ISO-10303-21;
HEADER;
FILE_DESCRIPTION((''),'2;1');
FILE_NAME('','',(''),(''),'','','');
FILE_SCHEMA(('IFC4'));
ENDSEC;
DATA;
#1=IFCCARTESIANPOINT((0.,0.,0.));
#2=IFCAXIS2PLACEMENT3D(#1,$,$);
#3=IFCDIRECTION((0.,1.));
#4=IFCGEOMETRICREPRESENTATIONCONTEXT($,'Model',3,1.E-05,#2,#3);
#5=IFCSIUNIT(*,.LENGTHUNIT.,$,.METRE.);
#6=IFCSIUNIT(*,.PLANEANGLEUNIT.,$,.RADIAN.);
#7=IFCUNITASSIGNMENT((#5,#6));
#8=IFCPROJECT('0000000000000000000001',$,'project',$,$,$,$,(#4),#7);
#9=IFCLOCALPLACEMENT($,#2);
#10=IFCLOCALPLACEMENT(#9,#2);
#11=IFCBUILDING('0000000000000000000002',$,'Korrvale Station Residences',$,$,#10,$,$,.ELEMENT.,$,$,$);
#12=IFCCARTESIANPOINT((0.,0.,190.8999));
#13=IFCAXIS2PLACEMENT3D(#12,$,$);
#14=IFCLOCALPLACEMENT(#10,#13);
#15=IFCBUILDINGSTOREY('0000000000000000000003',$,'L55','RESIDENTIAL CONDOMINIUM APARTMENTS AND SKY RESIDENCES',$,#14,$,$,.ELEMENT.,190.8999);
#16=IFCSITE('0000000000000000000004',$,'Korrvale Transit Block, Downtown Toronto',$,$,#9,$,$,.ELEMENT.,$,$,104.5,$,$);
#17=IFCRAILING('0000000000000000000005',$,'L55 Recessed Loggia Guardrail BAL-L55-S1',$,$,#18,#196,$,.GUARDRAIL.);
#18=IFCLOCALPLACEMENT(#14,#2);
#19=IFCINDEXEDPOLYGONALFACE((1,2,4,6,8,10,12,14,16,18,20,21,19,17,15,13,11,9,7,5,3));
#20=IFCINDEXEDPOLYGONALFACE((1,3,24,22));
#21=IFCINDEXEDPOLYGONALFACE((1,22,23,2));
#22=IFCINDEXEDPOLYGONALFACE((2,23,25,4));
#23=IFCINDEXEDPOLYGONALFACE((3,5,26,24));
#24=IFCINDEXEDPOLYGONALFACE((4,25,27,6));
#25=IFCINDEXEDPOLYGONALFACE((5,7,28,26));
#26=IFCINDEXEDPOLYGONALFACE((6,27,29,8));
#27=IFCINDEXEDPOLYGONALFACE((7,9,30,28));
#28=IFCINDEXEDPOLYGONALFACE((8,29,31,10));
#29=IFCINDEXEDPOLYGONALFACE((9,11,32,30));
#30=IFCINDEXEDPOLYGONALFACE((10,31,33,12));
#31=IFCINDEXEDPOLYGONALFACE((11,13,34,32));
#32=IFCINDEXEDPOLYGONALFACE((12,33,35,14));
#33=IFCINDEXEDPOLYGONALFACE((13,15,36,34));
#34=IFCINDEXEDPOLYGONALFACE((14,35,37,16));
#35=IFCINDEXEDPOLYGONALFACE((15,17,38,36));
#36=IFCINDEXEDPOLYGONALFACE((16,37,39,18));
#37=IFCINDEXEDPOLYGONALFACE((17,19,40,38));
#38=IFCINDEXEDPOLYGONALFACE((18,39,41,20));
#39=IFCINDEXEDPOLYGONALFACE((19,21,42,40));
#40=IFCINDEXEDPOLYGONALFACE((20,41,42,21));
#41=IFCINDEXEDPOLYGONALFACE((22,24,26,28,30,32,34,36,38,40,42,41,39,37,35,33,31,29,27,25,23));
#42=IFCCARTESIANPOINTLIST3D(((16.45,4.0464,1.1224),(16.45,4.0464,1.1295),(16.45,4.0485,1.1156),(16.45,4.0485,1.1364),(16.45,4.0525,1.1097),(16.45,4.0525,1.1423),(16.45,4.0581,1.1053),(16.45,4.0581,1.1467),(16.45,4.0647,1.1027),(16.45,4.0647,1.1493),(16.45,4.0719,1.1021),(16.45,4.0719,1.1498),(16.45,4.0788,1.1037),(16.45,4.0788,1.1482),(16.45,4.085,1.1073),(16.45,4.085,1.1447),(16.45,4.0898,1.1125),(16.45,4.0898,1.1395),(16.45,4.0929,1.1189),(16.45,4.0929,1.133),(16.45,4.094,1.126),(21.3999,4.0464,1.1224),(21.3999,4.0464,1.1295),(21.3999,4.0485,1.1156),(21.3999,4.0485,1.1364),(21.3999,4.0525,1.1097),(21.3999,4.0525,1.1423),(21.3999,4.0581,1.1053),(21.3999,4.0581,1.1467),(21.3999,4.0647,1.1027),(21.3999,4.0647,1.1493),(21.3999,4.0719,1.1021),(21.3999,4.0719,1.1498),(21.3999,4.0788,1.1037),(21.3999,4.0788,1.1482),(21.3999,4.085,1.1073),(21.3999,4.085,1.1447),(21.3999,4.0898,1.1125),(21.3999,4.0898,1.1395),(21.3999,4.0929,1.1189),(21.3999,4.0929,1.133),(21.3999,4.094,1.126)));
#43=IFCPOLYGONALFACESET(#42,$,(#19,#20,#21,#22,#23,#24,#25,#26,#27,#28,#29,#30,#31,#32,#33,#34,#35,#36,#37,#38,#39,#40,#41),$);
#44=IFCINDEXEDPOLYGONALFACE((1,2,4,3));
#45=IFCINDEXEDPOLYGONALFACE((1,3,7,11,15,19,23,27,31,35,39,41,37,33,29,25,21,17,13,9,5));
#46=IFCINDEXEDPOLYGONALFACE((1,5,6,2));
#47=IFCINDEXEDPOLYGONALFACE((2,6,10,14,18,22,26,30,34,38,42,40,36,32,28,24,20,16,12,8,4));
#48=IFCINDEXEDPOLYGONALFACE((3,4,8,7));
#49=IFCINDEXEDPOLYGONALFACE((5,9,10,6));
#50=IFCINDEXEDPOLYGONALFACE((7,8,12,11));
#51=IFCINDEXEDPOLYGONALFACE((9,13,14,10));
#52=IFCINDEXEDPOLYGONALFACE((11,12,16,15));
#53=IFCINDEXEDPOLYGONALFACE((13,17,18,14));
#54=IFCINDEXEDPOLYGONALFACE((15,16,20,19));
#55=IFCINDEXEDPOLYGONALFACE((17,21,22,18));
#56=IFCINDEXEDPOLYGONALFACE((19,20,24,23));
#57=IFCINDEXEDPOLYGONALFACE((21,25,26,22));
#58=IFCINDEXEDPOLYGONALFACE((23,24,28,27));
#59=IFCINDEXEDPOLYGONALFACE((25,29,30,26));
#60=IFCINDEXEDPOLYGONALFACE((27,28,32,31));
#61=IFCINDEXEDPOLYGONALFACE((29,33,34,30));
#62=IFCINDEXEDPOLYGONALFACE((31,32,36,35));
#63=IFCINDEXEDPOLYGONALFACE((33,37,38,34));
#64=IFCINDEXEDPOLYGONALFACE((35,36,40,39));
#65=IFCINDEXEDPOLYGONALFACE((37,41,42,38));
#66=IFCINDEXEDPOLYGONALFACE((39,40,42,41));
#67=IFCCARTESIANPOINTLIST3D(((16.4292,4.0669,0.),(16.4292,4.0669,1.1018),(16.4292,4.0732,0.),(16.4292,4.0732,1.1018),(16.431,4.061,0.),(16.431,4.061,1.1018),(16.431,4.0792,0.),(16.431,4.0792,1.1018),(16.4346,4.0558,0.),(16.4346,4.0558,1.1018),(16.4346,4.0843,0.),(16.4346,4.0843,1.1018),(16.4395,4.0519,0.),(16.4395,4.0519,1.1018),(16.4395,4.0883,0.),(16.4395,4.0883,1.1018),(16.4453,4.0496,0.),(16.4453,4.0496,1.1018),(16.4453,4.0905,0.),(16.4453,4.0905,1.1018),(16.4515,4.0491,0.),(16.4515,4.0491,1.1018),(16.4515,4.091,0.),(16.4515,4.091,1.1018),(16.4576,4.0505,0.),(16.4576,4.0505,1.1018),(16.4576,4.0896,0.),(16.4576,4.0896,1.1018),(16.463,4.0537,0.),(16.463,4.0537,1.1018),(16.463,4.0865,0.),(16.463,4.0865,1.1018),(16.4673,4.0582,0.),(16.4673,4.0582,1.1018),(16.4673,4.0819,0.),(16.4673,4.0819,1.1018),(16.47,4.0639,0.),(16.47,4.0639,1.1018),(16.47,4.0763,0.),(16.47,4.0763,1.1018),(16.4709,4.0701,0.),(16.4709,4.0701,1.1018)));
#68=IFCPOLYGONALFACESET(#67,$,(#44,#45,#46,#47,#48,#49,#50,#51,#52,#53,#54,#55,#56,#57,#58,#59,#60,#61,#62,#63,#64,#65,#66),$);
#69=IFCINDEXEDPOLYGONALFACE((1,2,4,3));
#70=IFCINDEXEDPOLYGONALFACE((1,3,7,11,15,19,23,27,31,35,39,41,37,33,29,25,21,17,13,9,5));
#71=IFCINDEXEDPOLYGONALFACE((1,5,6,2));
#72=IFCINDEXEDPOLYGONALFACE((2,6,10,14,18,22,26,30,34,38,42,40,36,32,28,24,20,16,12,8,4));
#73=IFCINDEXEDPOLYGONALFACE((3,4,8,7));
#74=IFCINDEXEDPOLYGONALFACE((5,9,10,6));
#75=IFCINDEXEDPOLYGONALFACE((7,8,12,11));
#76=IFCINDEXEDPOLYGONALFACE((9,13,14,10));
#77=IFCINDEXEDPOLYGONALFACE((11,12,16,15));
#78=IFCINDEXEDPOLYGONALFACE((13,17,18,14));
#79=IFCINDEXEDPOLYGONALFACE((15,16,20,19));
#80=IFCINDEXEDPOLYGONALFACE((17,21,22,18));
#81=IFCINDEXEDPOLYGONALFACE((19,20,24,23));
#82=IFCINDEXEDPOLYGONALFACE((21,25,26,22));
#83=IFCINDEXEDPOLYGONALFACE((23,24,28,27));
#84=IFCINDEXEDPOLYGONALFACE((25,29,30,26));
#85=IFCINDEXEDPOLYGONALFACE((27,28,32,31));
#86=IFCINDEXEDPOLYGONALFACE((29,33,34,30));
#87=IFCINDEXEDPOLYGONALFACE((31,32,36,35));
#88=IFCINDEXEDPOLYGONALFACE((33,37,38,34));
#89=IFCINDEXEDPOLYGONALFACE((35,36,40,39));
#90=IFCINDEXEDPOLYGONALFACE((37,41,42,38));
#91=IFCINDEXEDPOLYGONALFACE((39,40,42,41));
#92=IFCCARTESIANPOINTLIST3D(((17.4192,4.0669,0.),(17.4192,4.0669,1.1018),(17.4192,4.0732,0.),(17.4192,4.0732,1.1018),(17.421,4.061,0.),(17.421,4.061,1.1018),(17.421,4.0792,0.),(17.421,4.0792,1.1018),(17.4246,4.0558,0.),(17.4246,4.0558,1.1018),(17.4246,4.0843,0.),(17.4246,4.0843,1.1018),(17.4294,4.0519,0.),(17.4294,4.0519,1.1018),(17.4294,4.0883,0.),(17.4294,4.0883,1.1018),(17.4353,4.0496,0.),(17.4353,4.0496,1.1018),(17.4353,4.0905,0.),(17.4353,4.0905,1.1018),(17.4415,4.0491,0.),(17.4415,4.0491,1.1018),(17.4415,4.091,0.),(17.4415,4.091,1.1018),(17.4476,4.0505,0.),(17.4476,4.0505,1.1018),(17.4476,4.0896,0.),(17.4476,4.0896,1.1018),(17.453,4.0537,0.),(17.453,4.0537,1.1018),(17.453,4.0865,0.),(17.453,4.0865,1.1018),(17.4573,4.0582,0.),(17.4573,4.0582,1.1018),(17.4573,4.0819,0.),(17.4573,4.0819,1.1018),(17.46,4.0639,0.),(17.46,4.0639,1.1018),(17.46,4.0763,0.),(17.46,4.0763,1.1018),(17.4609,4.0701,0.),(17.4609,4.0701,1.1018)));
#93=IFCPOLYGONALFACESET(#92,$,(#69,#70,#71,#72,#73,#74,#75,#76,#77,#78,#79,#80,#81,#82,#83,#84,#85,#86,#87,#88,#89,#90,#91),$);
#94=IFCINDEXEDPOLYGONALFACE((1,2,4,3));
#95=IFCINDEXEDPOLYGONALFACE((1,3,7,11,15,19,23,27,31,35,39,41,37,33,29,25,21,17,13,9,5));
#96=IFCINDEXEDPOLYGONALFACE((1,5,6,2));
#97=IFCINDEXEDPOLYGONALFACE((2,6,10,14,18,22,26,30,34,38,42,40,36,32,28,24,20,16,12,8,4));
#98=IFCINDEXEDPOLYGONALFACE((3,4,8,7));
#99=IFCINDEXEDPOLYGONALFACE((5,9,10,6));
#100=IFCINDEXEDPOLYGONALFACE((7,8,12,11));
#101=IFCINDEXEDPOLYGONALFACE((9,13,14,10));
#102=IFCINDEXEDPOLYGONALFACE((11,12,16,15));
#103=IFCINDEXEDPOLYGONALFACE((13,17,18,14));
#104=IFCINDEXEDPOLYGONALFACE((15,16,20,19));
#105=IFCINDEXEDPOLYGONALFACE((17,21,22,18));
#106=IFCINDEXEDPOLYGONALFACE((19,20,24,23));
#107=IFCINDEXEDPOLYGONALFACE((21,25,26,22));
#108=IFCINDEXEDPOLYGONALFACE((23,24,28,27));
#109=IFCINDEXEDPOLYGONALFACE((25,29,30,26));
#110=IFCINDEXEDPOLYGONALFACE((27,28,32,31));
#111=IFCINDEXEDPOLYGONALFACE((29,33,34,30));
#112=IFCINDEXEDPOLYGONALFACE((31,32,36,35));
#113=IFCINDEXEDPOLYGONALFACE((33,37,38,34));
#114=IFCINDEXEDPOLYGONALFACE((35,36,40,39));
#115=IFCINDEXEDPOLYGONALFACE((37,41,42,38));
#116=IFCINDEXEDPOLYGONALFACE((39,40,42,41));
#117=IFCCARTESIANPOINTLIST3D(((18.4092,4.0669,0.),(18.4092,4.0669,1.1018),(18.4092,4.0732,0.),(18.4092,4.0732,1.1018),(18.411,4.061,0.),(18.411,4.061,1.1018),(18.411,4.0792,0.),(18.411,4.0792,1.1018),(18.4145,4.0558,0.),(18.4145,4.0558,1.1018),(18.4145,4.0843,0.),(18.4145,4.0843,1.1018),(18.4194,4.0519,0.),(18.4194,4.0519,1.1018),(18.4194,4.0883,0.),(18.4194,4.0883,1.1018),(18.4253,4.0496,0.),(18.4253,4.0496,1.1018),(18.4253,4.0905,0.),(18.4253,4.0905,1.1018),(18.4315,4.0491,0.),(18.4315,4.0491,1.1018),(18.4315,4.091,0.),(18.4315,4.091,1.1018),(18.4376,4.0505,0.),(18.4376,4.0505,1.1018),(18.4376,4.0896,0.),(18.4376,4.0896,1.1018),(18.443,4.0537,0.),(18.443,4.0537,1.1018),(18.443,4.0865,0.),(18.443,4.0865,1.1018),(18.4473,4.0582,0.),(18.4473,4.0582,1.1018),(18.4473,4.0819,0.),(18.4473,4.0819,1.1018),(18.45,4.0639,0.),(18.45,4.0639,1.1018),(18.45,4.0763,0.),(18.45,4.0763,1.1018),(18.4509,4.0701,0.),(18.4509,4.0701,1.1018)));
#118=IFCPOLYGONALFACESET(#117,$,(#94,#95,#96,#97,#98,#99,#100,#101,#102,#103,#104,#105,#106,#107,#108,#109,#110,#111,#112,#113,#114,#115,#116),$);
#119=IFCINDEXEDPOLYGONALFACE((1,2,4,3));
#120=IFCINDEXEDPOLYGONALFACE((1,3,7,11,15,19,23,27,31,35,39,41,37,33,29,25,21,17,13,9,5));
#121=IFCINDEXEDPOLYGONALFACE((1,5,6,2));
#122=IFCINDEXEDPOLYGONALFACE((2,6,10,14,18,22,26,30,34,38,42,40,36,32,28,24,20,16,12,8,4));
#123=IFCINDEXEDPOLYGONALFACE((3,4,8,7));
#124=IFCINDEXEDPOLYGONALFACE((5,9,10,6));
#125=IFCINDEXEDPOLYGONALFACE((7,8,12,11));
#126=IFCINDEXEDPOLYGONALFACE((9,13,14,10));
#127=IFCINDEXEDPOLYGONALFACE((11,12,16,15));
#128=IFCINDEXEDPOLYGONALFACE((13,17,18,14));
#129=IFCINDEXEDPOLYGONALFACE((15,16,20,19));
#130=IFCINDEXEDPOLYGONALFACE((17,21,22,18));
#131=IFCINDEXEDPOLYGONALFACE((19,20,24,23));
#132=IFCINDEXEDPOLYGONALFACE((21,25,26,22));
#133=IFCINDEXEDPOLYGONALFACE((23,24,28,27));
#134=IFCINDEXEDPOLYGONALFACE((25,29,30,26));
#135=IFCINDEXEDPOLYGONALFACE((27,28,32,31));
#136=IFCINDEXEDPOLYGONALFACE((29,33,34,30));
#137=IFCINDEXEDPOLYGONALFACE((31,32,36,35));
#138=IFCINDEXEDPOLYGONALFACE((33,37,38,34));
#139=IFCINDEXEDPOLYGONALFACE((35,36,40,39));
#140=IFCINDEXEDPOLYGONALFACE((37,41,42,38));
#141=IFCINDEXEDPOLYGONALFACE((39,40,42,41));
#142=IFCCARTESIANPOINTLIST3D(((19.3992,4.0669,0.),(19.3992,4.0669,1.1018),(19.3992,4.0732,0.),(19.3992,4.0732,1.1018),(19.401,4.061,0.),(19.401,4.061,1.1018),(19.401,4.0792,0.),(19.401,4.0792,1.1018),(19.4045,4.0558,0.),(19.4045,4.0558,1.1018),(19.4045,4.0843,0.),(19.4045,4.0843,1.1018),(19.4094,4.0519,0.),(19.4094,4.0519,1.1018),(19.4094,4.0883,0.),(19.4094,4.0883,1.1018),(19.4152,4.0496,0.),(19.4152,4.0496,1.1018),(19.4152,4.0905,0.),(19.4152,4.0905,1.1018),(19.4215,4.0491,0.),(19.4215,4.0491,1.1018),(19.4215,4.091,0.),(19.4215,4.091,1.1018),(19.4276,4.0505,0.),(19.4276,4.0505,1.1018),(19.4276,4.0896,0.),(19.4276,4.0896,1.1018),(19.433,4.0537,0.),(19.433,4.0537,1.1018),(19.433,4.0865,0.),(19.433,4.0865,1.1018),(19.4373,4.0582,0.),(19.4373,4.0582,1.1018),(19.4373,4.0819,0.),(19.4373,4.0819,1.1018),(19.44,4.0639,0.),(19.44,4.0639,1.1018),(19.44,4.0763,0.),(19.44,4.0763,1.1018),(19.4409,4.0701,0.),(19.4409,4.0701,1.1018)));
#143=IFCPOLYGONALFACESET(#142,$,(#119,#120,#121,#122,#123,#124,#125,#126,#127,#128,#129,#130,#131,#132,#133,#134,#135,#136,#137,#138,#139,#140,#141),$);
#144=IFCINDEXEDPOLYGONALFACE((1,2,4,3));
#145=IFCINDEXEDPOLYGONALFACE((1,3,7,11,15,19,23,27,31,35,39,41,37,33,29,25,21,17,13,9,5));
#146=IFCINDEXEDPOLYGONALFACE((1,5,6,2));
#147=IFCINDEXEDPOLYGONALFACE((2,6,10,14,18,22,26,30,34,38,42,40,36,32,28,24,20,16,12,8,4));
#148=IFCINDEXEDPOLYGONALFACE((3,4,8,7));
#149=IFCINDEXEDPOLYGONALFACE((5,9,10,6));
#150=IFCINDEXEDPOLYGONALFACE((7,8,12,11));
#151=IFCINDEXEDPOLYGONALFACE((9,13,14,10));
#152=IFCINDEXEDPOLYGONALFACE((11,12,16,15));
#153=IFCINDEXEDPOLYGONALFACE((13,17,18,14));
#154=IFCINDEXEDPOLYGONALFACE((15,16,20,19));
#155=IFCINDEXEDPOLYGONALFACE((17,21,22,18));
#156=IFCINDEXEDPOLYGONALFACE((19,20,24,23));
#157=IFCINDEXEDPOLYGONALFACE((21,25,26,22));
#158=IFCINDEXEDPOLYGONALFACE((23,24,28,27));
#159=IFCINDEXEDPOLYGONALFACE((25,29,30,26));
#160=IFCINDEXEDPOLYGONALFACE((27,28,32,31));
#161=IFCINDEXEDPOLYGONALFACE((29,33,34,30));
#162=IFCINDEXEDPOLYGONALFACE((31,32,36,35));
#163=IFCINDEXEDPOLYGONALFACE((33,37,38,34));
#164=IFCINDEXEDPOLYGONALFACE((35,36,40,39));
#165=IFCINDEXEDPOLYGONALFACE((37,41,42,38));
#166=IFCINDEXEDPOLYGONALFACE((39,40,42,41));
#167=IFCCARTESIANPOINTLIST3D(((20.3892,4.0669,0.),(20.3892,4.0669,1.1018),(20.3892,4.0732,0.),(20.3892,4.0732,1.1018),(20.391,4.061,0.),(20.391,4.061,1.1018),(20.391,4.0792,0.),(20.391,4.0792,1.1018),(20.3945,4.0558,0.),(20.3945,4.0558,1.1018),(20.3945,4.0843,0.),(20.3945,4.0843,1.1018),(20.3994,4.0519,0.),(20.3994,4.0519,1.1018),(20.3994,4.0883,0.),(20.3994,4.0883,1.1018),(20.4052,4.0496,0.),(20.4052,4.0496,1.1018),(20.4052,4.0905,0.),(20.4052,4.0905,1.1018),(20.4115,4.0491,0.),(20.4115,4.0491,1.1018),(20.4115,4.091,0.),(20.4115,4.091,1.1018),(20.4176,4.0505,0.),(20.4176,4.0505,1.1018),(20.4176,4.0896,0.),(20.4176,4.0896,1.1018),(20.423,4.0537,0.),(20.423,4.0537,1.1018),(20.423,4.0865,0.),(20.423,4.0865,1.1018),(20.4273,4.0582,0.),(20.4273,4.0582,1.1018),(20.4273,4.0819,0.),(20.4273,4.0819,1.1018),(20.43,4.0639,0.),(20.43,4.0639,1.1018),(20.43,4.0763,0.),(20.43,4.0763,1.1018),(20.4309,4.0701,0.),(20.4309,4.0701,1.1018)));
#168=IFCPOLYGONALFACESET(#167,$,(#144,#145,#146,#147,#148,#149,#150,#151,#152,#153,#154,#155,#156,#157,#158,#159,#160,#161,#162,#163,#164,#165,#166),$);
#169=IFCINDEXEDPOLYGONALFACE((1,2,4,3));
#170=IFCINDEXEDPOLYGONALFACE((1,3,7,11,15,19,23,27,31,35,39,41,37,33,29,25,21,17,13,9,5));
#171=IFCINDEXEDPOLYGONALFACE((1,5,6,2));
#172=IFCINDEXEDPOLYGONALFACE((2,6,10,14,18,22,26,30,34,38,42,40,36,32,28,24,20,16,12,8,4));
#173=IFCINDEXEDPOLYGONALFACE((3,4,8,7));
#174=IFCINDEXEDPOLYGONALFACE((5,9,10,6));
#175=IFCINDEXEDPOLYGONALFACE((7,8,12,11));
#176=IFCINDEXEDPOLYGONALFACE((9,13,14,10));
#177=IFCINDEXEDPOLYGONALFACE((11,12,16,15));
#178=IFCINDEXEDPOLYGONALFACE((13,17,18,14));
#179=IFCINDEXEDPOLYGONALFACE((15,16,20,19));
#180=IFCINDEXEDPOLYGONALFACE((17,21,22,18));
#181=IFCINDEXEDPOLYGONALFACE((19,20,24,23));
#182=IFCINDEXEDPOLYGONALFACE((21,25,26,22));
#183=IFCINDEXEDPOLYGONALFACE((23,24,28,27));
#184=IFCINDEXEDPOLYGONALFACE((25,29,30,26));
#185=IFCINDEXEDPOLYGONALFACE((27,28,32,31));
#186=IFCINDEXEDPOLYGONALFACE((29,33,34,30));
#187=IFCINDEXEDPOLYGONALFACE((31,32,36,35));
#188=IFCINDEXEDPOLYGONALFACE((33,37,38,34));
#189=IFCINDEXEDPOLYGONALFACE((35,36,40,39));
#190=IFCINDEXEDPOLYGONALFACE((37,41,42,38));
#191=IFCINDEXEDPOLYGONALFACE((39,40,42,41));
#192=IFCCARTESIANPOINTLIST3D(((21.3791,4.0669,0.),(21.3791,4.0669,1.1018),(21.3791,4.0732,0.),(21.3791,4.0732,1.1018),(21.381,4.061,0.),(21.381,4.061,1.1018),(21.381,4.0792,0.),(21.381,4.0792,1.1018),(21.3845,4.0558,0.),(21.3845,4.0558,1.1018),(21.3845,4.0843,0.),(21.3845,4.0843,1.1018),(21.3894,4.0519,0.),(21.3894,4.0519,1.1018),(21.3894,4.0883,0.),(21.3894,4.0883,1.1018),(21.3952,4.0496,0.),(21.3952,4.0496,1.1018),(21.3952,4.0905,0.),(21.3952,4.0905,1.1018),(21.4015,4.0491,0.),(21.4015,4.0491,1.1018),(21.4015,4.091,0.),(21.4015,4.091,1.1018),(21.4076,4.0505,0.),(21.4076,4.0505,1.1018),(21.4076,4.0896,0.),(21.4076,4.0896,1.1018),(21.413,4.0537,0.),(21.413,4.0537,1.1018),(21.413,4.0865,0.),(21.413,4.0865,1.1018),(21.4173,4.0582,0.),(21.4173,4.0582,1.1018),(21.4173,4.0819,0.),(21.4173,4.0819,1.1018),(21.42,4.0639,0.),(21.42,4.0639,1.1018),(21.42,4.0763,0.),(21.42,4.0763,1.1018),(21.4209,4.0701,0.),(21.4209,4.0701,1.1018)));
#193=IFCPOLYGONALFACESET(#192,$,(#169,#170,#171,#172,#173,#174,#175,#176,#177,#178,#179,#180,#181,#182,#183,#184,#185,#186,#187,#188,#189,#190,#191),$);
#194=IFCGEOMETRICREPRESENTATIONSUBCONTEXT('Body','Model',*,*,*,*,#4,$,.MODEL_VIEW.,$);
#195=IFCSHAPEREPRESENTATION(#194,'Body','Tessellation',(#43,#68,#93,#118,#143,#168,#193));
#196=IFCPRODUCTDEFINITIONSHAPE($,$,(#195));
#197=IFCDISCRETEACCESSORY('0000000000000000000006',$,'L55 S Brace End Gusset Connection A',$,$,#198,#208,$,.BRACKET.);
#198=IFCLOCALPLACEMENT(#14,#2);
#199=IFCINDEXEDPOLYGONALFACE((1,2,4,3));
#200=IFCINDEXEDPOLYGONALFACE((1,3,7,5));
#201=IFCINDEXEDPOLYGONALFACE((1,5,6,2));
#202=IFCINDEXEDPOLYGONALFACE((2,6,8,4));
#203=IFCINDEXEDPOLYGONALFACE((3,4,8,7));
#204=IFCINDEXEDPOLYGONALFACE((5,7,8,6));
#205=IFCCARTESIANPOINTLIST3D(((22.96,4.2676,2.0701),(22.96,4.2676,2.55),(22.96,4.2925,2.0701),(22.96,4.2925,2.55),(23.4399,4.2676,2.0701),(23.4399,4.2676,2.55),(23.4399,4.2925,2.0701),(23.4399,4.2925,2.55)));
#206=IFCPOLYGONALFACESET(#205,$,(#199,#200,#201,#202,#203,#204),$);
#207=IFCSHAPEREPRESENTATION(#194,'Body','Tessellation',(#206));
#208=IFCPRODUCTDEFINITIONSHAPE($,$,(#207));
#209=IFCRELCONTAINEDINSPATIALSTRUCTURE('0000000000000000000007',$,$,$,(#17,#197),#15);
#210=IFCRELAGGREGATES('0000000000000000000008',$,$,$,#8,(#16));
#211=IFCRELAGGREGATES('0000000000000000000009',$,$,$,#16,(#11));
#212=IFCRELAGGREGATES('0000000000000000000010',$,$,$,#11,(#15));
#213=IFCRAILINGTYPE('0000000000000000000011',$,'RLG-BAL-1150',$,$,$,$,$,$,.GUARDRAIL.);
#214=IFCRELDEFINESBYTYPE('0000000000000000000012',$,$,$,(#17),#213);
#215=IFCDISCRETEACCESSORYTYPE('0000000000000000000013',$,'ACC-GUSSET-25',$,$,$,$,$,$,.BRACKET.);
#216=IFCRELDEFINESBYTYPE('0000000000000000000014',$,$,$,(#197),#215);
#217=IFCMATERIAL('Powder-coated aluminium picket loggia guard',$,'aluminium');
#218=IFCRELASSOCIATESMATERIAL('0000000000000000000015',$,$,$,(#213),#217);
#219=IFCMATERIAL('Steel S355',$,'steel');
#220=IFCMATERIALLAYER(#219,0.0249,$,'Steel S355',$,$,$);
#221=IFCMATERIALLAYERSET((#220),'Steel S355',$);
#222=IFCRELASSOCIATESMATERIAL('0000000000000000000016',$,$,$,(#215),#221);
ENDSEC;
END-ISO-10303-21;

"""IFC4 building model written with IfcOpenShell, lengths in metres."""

from ifc_helpers import new_model, si_unit, direction, frame, origin, origin_2d, place, context, subcontext, project, spatial, rectangle, circle, extrude, material, layer, layer_set, type_object, element, save


model = new_model("IFC4")

# Units and contexts
model_context = context("Model", 3, precision=1e-05, world=origin(), true_north=direction((0.0, 1.0)))
body_context = subcontext(model_context, "Body", "Model", "MODEL_VIEW")
ifc_project = project(units=[si_unit("LENGTHUNIT", "METRE"), si_unit("PLANEANGLEUNIT", "RADIAN")], contexts=[model_context])

# Site, building, storey
site_placement = place(None, origin())
site = spatial("IfcSite", under=ifc_project, at=site_placement, Name="Korrvale Transit Block, Downtown Toronto", CompositionType="ELEMENT", RefElevation=104.5)
building_placement = place(site_placement, origin())
building = spatial("IfcBuilding", under=site, at=building_placement, Name="Korrvale Station Residences", CompositionType="ELEMENT")
storey_placement = place(building_placement, frame((0.0, 0.0, 190.8999)))
storey = spatial("IfcBuildingStorey", under=building, at=storey_placement, Name="L55", Description="RESIDENTIAL CONDOMINIUM APARTMENTS AND SKY RESIDENCES", CompositionType="ELEMENT", Elevation=190.8999)

# Shared definitions
ifc_material_1 = material(Name="Steel S355", Category="steel")

# Railing
ifc_material_2 = material(Name="Powder-coated aluminium picket loggia guard", Category="aluminium")
railing_type = type_object("IfcRailingType", Name="RLG-BAL-1150", PredefinedType="GUARDRAIL", material=ifc_material_2)
railing_placement = place(storey_placement, frame((16.45, 4.0701, 0.0)))
element("IfcRailing", 1, at=railing_placement, inside=storey, type_object=railing_type, Name="L55 Recessed Loggia Guardrail BAL-L55-S1", PredefinedType="GUARDRAIL", context=body_context, shape_type="SweptSolid", body=[
    extrude(circle(Radius=0.0239, at=origin_2d()), frame((0.0, 0.0, 1.126), z_axis=(1.0, 0.0, 0.0), x_axis=(0.0, 1.0, 0.0)), (0.0, 0.0, 1.0), 4.95),
    extrude(circle(Radius=0.021, at=origin_2d()), origin(), (0.0, 0.0, 1.0), 1.1018),
    extrude(circle(Radius=0.021, at=origin_2d()), frame((0.99, 0.0, 0.0)), (0.0, 0.0, 1.0), 1.1018),
    extrude(circle(Radius=0.021, at=origin_2d()), frame((1.98, 0.0, 0.0)), (0.0, 0.0, 1.0), 1.1018),
    extrude(circle(Radius=0.021, at=origin_2d()), frame((2.97, 0.0, 0.0)), (0.0, 0.0, 1.0), 1.1018),
    extrude(circle(Radius=0.021, at=origin_2d()), frame((3.96, 0.0, 0.0)), (0.0, 0.0, 1.0), 1.1018),
    extrude(circle(Radius=0.021, at=origin_2d()), frame((4.95, 0.0, 0.0)), (0.0, 0.0, 1.0), 1.1018),
])

# Discrete accessory
ifc_layer_1 = layer(ifc_material_1, 0.0249, Name="Steel S355")
ifc_layer_set_1 = layer_set([ifc_layer_1], Name="Steel S355")
discrete_accessory_type = type_object("IfcDiscreteAccessoryType", Name="ACC-GUSSET-25", PredefinedType="BRACKET", material=ifc_layer_set_1)
discrete_accessory_placement = place(storey_placement, frame((23.2, 4.28, 2.0701), z_axis=(0.0, 0.0, 1.0), x_axis=(1.0, 0.0, 0.0)))
element("IfcDiscreteAccessory", 2, at=discrete_accessory_placement, inside=storey, type_object=discrete_accessory_type, Name="L55 S Brace End Gusset Connection A", PredefinedType="BRACKET", context=body_context, shape_type="SweptSolid", body=[
    extrude(rectangle(XDim=0.48, YDim=0.0249, at=origin_2d()), origin(), (0.0, 0.0, 1.0), 0.48),
])

save(model, "model.ifc")
